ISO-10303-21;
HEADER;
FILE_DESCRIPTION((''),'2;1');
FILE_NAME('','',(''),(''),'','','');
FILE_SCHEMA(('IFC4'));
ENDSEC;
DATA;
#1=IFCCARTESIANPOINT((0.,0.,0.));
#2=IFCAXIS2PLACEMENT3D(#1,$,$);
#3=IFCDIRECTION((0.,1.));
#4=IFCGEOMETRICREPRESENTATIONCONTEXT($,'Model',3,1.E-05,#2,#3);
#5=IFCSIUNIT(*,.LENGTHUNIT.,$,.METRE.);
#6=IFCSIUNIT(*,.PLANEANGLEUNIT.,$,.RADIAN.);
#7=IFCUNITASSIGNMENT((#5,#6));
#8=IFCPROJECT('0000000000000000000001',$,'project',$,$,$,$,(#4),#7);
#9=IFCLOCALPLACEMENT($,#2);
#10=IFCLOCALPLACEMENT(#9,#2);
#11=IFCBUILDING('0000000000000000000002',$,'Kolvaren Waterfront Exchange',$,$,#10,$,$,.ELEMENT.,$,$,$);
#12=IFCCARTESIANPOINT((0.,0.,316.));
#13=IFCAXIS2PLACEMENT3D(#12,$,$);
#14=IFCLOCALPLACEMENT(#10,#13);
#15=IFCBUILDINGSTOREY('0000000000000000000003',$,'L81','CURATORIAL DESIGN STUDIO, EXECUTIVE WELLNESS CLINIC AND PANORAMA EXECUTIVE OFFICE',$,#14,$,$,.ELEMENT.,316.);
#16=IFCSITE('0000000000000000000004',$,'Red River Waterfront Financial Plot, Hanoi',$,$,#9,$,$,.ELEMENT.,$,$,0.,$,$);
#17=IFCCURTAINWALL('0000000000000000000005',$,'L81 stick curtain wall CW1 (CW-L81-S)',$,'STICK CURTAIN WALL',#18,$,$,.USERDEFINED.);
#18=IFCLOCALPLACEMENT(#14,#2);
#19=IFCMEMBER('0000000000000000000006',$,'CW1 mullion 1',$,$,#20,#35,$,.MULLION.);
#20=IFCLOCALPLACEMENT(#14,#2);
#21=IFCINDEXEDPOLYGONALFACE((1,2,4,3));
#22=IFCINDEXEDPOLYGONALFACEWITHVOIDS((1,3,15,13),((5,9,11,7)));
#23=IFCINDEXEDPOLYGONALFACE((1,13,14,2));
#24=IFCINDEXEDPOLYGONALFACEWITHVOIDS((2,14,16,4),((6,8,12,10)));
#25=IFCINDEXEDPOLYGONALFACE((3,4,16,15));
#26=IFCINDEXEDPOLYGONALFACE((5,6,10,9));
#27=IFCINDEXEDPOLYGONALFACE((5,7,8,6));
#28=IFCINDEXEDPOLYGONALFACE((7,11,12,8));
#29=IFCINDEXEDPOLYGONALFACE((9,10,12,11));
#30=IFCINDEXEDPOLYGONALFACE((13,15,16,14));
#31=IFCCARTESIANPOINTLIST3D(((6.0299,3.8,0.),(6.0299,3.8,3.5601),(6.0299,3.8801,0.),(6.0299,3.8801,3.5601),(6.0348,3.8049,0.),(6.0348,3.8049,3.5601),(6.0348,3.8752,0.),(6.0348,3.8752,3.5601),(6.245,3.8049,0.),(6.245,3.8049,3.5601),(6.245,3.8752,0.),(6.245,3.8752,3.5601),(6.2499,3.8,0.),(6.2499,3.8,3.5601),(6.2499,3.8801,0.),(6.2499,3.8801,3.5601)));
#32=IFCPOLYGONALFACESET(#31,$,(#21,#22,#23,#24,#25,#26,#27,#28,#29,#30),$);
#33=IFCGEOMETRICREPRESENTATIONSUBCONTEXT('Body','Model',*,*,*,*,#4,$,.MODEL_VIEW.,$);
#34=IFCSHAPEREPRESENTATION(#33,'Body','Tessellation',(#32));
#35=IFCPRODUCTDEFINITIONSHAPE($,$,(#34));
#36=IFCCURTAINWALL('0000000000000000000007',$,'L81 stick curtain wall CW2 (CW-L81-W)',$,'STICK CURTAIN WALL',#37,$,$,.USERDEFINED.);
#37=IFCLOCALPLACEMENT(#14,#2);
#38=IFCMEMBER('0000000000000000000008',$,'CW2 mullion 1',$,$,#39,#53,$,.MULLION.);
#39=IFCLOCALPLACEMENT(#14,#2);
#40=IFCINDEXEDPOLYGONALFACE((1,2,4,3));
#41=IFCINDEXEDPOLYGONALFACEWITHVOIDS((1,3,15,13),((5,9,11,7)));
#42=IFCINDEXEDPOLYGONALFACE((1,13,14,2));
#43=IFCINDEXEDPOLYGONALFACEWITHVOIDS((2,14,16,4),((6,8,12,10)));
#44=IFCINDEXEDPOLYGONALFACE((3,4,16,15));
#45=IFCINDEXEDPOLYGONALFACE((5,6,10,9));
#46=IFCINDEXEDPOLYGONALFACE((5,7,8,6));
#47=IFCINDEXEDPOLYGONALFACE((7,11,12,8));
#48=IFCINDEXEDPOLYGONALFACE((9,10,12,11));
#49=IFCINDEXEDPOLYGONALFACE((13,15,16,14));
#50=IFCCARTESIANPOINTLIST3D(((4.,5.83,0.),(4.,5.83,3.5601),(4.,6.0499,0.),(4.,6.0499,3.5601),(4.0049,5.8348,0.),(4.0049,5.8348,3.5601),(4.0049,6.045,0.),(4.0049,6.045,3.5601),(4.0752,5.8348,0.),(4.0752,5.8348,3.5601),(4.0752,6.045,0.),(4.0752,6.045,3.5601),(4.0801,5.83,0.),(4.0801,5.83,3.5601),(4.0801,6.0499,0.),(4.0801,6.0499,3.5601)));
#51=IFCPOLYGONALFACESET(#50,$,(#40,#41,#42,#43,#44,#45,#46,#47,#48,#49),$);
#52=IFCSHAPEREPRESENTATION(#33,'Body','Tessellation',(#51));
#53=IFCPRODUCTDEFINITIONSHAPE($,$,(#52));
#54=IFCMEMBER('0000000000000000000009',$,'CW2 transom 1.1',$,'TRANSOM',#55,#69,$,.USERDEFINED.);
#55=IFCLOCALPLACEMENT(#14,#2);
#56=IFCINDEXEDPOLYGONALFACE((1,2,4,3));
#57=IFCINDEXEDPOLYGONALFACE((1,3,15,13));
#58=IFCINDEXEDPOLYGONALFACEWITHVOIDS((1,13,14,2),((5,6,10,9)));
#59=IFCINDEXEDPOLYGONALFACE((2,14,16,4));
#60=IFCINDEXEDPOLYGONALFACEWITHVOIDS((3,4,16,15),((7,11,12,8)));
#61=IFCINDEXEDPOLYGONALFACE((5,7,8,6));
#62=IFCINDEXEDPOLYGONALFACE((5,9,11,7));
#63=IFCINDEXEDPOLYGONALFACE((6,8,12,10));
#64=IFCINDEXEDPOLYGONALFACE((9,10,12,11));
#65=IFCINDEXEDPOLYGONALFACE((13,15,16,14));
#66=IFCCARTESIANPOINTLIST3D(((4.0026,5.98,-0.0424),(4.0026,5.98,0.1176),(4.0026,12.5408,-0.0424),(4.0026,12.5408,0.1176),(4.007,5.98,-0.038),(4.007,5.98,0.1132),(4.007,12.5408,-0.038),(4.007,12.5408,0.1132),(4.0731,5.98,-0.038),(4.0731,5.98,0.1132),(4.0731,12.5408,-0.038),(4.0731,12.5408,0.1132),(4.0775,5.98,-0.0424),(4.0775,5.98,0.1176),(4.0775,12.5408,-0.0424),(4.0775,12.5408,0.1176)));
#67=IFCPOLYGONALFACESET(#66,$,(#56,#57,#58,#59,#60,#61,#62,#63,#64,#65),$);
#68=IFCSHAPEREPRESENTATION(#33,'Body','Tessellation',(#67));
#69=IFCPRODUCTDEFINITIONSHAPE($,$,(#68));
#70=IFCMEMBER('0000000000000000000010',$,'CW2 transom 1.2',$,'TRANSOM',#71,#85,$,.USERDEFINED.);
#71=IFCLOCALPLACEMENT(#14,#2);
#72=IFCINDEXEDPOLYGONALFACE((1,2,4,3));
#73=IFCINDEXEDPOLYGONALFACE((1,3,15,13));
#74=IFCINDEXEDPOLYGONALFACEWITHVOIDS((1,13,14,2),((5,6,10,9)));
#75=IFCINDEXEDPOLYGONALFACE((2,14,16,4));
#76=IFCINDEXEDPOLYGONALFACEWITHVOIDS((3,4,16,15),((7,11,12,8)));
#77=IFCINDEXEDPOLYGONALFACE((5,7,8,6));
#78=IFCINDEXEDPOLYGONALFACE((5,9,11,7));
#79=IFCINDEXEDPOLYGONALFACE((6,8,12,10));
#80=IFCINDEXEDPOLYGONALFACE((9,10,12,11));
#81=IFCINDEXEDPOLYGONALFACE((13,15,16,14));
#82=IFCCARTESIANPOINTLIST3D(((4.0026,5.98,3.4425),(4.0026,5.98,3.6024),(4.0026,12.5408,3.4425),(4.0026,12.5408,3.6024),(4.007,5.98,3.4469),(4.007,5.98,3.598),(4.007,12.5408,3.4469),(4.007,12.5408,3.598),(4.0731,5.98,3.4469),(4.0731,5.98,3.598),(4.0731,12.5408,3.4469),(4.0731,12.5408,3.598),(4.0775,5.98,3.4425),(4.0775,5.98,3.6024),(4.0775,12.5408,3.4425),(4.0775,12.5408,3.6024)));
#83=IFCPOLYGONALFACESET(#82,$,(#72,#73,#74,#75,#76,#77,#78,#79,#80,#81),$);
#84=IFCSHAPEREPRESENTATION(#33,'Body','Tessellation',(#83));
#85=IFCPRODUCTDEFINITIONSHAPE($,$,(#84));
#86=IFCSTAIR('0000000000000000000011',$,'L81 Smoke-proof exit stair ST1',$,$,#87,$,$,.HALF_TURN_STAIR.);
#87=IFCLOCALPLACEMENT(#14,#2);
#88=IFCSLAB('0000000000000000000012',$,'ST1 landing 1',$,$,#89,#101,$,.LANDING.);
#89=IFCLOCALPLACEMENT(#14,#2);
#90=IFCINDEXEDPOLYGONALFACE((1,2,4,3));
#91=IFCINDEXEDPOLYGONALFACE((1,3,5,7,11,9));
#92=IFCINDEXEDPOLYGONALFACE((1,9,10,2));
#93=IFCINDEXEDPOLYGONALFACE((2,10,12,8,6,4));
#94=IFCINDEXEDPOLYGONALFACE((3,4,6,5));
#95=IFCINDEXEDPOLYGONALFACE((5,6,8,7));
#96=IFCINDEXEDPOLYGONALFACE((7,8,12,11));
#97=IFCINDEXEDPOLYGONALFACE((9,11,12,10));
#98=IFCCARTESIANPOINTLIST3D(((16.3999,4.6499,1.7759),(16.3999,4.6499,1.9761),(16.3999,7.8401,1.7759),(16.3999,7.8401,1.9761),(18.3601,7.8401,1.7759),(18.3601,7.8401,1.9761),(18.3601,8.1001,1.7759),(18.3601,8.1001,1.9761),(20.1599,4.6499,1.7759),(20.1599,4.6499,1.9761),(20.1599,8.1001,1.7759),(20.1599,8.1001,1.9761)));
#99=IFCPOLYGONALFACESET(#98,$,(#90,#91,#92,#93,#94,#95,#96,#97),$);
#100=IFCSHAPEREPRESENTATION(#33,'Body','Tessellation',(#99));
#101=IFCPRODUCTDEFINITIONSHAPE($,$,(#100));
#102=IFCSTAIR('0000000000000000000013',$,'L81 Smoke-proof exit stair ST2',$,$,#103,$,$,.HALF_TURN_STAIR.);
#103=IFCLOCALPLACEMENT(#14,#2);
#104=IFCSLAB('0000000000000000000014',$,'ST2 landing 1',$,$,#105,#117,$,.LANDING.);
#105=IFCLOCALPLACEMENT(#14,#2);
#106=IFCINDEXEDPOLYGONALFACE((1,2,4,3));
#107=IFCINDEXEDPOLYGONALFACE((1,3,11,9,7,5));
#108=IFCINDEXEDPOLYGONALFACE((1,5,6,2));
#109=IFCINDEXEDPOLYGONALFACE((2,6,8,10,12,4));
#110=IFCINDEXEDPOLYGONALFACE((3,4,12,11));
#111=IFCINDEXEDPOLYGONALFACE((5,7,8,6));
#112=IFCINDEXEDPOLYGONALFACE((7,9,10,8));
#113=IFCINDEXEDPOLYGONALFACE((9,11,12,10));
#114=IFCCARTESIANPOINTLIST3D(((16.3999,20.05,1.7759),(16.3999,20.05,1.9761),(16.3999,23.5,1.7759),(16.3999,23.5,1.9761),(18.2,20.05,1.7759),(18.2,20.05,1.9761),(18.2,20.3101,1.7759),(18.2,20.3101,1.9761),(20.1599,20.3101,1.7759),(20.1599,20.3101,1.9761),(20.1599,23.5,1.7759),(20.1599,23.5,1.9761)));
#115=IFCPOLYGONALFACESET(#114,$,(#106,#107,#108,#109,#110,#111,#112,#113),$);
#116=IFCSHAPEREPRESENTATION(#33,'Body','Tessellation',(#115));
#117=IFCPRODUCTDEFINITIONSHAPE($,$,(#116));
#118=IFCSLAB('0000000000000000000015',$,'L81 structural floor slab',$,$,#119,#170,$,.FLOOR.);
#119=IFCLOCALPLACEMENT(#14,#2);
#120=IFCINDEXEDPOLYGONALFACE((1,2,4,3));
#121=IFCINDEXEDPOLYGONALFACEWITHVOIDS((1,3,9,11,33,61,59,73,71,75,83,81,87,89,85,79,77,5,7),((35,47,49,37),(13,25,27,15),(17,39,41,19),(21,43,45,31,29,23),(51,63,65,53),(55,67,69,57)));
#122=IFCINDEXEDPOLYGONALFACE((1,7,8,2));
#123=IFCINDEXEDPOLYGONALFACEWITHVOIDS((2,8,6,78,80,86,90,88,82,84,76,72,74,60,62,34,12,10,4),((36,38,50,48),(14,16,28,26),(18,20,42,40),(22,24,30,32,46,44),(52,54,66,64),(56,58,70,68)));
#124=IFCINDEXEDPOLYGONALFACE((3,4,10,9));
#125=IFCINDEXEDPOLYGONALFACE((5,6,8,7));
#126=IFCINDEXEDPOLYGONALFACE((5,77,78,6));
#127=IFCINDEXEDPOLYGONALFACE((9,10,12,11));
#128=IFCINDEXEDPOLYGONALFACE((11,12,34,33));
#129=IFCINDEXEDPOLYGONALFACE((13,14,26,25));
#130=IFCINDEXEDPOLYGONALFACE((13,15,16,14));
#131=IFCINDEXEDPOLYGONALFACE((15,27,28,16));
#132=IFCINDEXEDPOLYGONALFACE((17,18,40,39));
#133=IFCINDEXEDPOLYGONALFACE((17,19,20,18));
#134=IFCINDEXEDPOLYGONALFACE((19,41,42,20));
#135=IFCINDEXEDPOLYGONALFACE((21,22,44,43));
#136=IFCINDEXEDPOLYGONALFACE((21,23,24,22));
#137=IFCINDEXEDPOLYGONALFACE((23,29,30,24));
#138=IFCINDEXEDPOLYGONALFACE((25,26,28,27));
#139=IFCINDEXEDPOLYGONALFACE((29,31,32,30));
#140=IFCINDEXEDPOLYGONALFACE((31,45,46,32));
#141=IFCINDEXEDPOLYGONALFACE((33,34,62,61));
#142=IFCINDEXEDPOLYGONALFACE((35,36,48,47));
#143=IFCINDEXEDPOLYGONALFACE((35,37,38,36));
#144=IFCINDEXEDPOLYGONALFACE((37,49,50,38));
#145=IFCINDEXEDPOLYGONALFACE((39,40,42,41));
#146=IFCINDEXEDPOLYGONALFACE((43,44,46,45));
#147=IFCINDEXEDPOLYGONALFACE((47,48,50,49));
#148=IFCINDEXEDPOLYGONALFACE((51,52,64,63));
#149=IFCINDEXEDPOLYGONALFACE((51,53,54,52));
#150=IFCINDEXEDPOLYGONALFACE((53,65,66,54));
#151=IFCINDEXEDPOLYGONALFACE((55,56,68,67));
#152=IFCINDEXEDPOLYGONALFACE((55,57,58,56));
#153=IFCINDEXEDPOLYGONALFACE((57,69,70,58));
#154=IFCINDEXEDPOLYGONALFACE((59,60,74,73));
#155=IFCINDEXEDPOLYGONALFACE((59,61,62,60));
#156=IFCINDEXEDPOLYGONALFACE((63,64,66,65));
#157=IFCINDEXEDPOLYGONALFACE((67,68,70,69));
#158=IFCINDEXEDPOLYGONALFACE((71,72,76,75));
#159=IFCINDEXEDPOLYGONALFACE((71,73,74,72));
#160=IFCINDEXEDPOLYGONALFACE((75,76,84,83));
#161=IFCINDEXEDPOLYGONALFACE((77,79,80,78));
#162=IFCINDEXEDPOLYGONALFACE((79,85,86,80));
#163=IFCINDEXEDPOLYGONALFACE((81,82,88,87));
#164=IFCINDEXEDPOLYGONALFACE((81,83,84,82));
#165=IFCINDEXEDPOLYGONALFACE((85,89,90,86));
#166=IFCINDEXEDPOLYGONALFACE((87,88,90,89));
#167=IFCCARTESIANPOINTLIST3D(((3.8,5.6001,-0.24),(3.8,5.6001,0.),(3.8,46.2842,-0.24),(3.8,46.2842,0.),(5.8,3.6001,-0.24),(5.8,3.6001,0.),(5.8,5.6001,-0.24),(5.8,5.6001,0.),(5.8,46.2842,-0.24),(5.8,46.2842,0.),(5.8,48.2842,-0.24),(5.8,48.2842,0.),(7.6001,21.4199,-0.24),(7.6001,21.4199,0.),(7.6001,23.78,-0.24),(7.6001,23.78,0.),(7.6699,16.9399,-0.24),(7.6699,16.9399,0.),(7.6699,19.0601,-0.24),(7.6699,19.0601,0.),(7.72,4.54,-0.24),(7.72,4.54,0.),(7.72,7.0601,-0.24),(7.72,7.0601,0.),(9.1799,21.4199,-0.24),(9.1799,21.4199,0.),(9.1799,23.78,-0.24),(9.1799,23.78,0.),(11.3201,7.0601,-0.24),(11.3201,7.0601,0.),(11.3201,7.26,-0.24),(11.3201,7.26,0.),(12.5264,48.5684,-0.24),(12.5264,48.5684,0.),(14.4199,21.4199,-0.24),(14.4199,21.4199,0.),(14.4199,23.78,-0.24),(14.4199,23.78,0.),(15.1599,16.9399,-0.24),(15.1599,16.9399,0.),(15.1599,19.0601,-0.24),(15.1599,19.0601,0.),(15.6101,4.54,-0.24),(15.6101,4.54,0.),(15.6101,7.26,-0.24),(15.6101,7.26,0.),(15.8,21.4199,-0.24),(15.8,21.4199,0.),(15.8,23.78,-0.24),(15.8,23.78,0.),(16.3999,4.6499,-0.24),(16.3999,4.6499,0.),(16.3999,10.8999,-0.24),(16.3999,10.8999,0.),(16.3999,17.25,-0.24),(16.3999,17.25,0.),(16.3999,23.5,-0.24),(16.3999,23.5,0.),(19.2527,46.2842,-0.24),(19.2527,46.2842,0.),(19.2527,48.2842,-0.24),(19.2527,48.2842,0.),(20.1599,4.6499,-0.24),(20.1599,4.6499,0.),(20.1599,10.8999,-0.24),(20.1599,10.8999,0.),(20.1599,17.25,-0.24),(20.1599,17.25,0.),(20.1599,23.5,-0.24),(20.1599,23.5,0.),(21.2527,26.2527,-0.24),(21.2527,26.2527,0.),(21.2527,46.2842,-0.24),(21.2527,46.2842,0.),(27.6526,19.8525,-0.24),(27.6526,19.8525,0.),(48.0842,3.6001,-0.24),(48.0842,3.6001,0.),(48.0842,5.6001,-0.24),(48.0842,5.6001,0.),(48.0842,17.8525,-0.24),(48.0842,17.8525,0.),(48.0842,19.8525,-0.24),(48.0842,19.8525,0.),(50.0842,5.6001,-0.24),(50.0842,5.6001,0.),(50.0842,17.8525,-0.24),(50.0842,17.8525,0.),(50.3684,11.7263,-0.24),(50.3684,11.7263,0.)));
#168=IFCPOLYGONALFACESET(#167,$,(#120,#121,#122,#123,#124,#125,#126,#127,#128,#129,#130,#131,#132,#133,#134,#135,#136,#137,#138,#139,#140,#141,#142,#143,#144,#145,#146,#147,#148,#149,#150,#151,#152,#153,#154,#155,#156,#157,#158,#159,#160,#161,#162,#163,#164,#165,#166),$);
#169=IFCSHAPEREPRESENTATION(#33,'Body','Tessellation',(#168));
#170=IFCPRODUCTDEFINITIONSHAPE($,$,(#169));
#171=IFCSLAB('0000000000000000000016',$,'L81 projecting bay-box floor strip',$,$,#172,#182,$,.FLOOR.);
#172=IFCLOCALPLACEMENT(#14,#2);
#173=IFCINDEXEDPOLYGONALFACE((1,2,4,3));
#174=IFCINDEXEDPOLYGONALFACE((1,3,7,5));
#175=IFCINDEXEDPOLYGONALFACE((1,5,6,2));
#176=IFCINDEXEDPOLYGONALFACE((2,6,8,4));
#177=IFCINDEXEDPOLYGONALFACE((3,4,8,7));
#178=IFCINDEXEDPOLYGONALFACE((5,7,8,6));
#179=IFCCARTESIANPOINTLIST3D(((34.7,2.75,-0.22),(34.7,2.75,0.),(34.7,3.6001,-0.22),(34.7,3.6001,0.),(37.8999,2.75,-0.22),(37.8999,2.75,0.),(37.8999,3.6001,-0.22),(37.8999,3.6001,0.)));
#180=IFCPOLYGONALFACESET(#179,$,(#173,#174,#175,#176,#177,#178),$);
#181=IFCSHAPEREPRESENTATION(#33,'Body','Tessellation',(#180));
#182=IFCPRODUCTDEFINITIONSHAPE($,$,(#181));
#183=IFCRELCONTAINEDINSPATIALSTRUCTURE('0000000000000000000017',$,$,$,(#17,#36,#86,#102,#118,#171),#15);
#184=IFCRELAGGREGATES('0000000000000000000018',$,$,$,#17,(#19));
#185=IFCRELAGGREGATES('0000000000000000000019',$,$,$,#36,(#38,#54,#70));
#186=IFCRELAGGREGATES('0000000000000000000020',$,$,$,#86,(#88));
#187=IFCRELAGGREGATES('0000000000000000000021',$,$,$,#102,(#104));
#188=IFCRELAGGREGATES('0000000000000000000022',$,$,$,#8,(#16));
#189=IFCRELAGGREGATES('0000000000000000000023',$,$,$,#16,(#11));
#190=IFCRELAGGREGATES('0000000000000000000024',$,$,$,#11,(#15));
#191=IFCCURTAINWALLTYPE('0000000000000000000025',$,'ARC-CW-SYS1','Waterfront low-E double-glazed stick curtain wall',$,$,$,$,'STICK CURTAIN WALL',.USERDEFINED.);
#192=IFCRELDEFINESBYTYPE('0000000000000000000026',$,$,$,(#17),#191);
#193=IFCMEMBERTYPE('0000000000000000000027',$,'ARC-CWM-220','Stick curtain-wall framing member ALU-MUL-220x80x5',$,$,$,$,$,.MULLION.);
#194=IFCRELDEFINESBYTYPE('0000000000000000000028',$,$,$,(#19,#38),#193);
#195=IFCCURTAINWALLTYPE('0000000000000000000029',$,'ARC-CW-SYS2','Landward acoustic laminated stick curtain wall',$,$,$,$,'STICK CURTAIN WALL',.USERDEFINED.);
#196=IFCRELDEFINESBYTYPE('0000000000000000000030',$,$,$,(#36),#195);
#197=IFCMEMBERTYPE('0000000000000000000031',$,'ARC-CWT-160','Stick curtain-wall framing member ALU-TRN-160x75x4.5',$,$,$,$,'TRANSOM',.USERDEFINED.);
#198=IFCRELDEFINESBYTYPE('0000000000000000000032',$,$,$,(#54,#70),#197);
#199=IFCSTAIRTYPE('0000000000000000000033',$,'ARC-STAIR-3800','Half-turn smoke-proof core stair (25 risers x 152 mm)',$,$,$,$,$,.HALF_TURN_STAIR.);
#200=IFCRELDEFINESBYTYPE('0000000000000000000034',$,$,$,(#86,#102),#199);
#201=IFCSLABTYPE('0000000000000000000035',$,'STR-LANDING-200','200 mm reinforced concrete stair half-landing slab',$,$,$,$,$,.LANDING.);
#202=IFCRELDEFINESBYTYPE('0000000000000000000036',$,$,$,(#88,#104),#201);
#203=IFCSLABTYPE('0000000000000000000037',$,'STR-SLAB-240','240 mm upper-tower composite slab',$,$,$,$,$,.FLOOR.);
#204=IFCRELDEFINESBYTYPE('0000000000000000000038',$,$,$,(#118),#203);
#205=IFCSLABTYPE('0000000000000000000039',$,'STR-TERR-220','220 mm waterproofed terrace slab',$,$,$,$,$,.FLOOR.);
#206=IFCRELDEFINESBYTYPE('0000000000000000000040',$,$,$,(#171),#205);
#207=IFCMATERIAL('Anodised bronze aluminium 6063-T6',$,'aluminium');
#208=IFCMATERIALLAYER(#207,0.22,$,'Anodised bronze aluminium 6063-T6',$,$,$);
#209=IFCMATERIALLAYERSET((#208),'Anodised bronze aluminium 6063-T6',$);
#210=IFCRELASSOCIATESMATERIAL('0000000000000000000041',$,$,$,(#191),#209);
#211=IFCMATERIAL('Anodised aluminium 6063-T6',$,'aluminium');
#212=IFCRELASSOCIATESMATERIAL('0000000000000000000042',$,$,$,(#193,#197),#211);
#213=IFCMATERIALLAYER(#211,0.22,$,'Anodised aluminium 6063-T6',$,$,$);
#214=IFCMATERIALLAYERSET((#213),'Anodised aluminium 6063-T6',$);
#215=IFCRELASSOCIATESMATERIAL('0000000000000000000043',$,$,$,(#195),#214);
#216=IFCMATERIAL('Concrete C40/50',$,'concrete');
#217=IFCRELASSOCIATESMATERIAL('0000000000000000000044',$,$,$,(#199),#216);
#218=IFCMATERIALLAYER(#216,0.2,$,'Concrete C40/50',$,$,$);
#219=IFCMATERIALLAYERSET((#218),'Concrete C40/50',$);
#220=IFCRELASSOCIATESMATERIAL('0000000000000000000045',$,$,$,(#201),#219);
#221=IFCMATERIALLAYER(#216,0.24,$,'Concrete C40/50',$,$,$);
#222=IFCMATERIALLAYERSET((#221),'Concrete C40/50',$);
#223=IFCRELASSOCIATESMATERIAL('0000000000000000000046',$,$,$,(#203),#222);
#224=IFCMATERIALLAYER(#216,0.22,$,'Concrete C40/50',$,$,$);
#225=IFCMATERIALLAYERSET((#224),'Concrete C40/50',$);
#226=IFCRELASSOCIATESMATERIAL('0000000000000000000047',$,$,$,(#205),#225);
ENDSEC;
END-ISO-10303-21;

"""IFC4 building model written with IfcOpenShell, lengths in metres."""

from ifc_helpers import new_model, si_unit, direction, frame, origin, origin_with_axes, origin_2d, place, context, subcontext, project, spatial, polyline, hollow_rectangle, outline, extrude, source, transform, mapped, material, layer, layer_set, material_profile, profile_set, type_object, element, aggregate, save


model = new_model("IFC4")

# Units and contexts
model_context = context("Model", 3, precision=1e-05, world=origin(), true_north=direction((0.0, 1.0)))
body_context = subcontext(model_context, "Body", "Model", "MODEL_VIEW")
ifc_project = project(units=[si_unit("LENGTHUNIT", "METRE"), si_unit("PLANEANGLEUNIT", "RADIAN")], contexts=[model_context])

# Site, building, storey
site_placement = place(None, origin())
site = spatial("IfcSite", under=ifc_project, at=site_placement, Name="Red River Waterfront Financial Plot, Hanoi", CompositionType="ELEMENT", RefElevation=0.0)
building_placement = place(site_placement, origin())
building = spatial("IfcBuilding", under=site, at=building_placement, Name="Kolvaren Waterfront Exchange", CompositionType="ELEMENT")
storey_placement = place(building_placement, frame((0.0, 0.0, 316.0)))
storey = spatial("IfcBuildingStorey", under=building, at=storey_placement, Name="L81", Description="CURATORIAL DESIGN STUDIO, EXECUTIVE WELLNESS CLINIC AND PANORAMA EXECUTIVE OFFICE", CompositionType="ELEMENT", Elevation=316.0)

# Curtain wall, member
ifc_material_1 = material(Name="Anodised bronze aluminium 6063-T6", Category="aluminium")
ifc_layer_1 = layer(ifc_material_1, 0.22, Name="Anodised bronze aluminium 6063-T6")
ifc_layer_set_1 = layer_set([ifc_layer_1], Name="Anodised bronze aluminium 6063-T6")
curtain_wall_type_1 = type_object("IfcCurtainWallType", Name="ARC-CW-SYS1", Description="Waterfront low-E double-glazed stick curtain wall", ElementType="STICK CURTAIN WALL", PredefinedType="USERDEFINED", material=ifc_layer_set_1)
curtain_wall_1_placement = place(storey_placement, origin())
curtain_wall_1 = element("IfcCurtainWall", 1, at=curtain_wall_1_placement, inside=storey, type_object=curtain_wall_type_1, Name="L81 stick curtain wall CW1 (CW-L81-S)", ObjectType="STICK CURTAIN WALL", PredefinedType="USERDEFINED")
ifc_material_2 = material(Name="Anodised aluminium 6063-T6", Category="aluminium")
ifc_material_profile_1 = material_profile(ifc_material_2, hollow_rectangle(XDim=0.0801, YDim=0.22, WallThickness=0.0049, at=origin_2d()), Name="ALU-MUL-220x80x5")
ifc_profile_set_1 = profile_set([ifc_material_profile_1], Name="Anodised aluminium 6063-T6")
member_type_1 = type_object("IfcMemberType", Name="ARC-CWM-220", Description="Stick curtain-wall framing member ALU-MUL-220x80x5", PredefinedType="MULLION", material=ifc_profile_set_1)
shared_shape_1 = source(origin_with_axes(), body_context, "Body", "SweptSolid", [
    extrude(hollow_rectangle(XDim=0.0801, YDim=0.22, WallThickness=0.0049, at=origin_2d()), origin(), (0.0, 0.0, 1.0), 3.5601),
])
member_1_placement = place(storey_placement, frame((6.1399, 3.8401, 0.0), z_axis=(0.0, 0.0, 1.0), x_axis=(0.0, 1.0, 0.0)))
member_1 = element("IfcMember", 2, at=member_1_placement, type_object=member_type_1, Name="CW1 mullion 1", PredefinedType="MULLION", context=body_context, shape_type="MappedRepresentation", body=[
    mapped(shared_shape_1, transform((0.0, 0.0, 0.0), x_axis=(1.0, 0.0, 0.0), y_axis=(0.0, 1.0, 0.0), z_axis=(0.0, 0.0, 1.0), scale=1.0)),
])
aggregate(curtain_wall_1, [member_1])

# Curtain wall, members
ifc_layer_2 = layer(ifc_material_2, 0.22, Name="Anodised aluminium 6063-T6")
ifc_layer_set_2 = layer_set([ifc_layer_2], Name="Anodised aluminium 6063-T6")
curtain_wall_type_2 = type_object("IfcCurtainWallType", Name="ARC-CW-SYS2", Description="Landward acoustic laminated stick curtain wall", ElementType="STICK CURTAIN WALL", PredefinedType="USERDEFINED", material=ifc_layer_set_2)
curtain_wall_2_placement = place(storey_placement, origin())
curtain_wall_2 = element("IfcCurtainWall", 3, at=curtain_wall_2_placement, inside=storey, type_object=curtain_wall_type_2, Name="L81 stick curtain wall CW2 (CW-L81-W)", ObjectType="STICK CURTAIN WALL", PredefinedType="USERDEFINED")
member_2_placement = place(storey_placement, frame((4.04, 5.9399, 0.0), z_axis=(0.0, 0.0, 1.0), x_axis=(-1.0, 0.0, 0.0)))
member_2 = element("IfcMember", 4, at=member_2_placement, type_object=member_type_1, Name="CW2 mullion 1", PredefinedType="MULLION", context=body_context, shape_type="MappedRepresentation", body=[
    mapped(shared_shape_1, transform((0.0, 0.0, 0.0), x_axis=(1.0, 0.0, 0.0), y_axis=(0.0, 1.0, 0.0), z_axis=(0.0, 0.0, 1.0), scale=1.0)),
])
ifc_material_profile_2 = material_profile(ifc_material_2, hollow_rectangle(XDim=0.075, YDim=0.1599, WallThickness=0.0044, at=origin_2d()), Name="ALU-TRN-160x75x4.5")
ifc_profile_set_2 = profile_set([ifc_material_profile_2], Name="Anodised aluminium 6063-T6")
member_type_2 = type_object("IfcMemberType", Name="ARC-CWT-160", Description="Stick curtain-wall framing member ALU-TRN-160x75x4.5", ElementType="TRANSOM", PredefinedType="USERDEFINED", material=ifc_profile_set_2)
shared_shape_2 = source(origin_with_axes(), body_context, "Body", "SweptSolid", [
    extrude(hollow_rectangle(XDim=0.075, YDim=0.1599, WallThickness=0.0044, at=origin_2d()), origin(), (0.0, 0.0, 1.0), 6.5608),
])
member_3_placement = place(storey_placement, frame((4.04, 5.98, 0.0376), z_axis=(0.0, 1.0, 0.0), x_axis=(-1.0, 0.0, 0.0)))
member_3 = element("IfcMember", 5, at=member_3_placement, type_object=member_type_2, Name="CW2 transom 1.1", ObjectType="TRANSOM", PredefinedType="USERDEFINED", context=body_context, shape_type="MappedRepresentation", body=[
    mapped(shared_shape_2, transform((0.0, 0.0, 0.0), x_axis=(1.0, 0.0, 0.0), y_axis=(0.0, 1.0, 0.0), z_axis=(0.0, 0.0, 1.0), scale=1.0)),
])
member_4_placement = place(storey_placement, frame((4.04, 5.98, 3.5225), z_axis=(0.0, 1.0, 0.0), x_axis=(-1.0, 0.0, 0.0)))
member_4 = element("IfcMember", 6, at=member_4_placement, type_object=member_type_2, Name="CW2 transom 1.2", ObjectType="TRANSOM", PredefinedType="USERDEFINED", context=body_context, shape_type="MappedRepresentation", body=[
    mapped(shared_shape_2, transform((0.0, 0.0, 0.0), x_axis=(1.0, 0.0, 0.0), y_axis=(0.0, 1.0, 0.0), z_axis=(0.0, 0.0, 1.0), scale=1.0)),
])
aggregate(curtain_wall_2, [member_2, member_3, member_4])

# Stairs, slabs
ifc_material_3 = material(Name="Concrete C40/50", Category="concrete")
stair_type = type_object("IfcStairType", Name="ARC-STAIR-3800", Description="Half-turn smoke-proof core stair (25 risers x 152 mm)", PredefinedType="HALF_TURN_STAIR", material=ifc_material_3)
stair_1_placement = place(storey_placement, origin())
stair_1 = element("IfcStair", 7, at=stair_1_placement, inside=storey, type_object=stair_type, Name="L81 Smoke-proof exit stair ST1", PredefinedType="HALF_TURN_STAIR")
ifc_layer_3 = layer(ifc_material_3, 0.2, Name="Concrete C40/50")
ifc_layer_set_3 = layer_set([ifc_layer_3], Name="Concrete C40/50")
slab_type_1 = type_object("IfcSlabType", Name="STR-LANDING-200", Description="200 mm reinforced concrete stair half-landing slab", PredefinedType="LANDING", material=ifc_layer_set_3)
slab_1_placement = place(storey_placement, frame((0.0, 0.0, 1.7759)))
slab_1 = element("IfcSlab", 8, at=slab_1_placement, type_object=slab_type_1, Name="ST1 landing 1", PredefinedType="LANDING", context=body_context, shape_type="SweptSolid", body=[
    extrude(outline(polyline([(16.3999, 7.8401), (16.3999, 4.6499), (20.1599, 4.6499), (20.1599, 8.1001), (18.3601, 8.1001), (18.3601, 7.8401), (16.3999, 7.8401)])), origin(), (0.0, 0.0, 1.0), 0.2002),
])
aggregate(stair_1, [slab_1])
stair_2_placement = place(storey_placement, origin())
stair_2 = element("IfcStair", 9, at=stair_2_placement, inside=storey, type_object=stair_type, Name="L81 Smoke-proof exit stair ST2", PredefinedType="HALF_TURN_STAIR")
slab_2_placement = place(storey_placement, frame((0.0, 0.0, 1.7759)))
slab_2 = element("IfcSlab", 10, at=slab_2_placement, type_object=slab_type_1, Name="ST2 landing 1", PredefinedType="LANDING", context=body_context, shape_type="SweptSolid", body=[
    extrude(outline(polyline([(20.1599, 20.3101), (20.1599, 23.5), (16.3999, 23.5), (16.3999, 20.05), (18.2, 20.05), (18.2, 20.3101), (20.1599, 20.3101)])), origin(), (0.0, 0.0, 1.0), 0.2002),
])
aggregate(stair_2, [slab_2])

# Slabs
ifc_layer_4 = layer(ifc_material_3, 0.24, Name="Concrete C40/50")
ifc_layer_set_4 = layer_set([ifc_layer_4], Name="Concrete C40/50")
slab_type_2 = type_object("IfcSlabType", Name="STR-SLAB-240", Description="240 mm upper-tower composite slab", PredefinedType="FLOOR", material=ifc_layer_set_4)
slab_3_placement = place(storey_placement, frame((0.0, 0.0, -0.24)))
element("IfcSlab", 11, at=slab_3_placement, inside=storey, type_object=slab_type_2, Name="L81 structural floor slab", PredefinedType="FLOOR", context=body_context, shape_type="SweptSolid", body=[
    extrude(outline(polyline([(5.8, 3.6001), (48.0842, 3.6001), (48.0842, 5.6001), (50.0842, 5.6001), (50.3684, 11.7263), (50.0842, 17.8525), (48.0842, 17.8525), (48.0842, 19.8525), (27.6526, 19.8525), (21.2527, 26.2527), (21.2527, 46.2842), (19.2527, 46.2842), (19.2527, 48.2842), (12.5264, 48.5684), (5.8, 48.2842), (5.8, 46.2842), (3.8, 46.2842), (3.8, 5.6001), (5.8, 5.6001), (5.8, 3.6001)]), holes=[polyline([(11.3201, 7.26), (15.6101, 7.26), (15.6101, 4.54), (7.72, 4.54), (7.72, 7.0601), (11.3201, 7.0601), (11.3201, 7.26)]), polyline([(20.1599, 10.8999), (20.1599, 4.6499), (16.3999, 4.6499), (16.3999, 10.8999), (20.1599, 10.8999)]), polyline([(7.6699, 19.0601), (15.1599, 19.0601), (15.1599, 16.9399), (7.6699, 16.9399), (7.6699, 19.0601)]), polyline([(16.3999, 17.25), (16.3999, 23.5), (20.1599, 23.5), (20.1599, 17.25), (16.3999, 17.25)]), polyline([(7.6001, 23.78), (9.1799, 23.78), (9.1799, 21.4199), (7.6001, 21.4199), (7.6001, 23.78)]), polyline([(14.4199, 23.78), (15.8, 23.78), (15.8, 21.4199), (14.4199, 21.4199), (14.4199, 23.78)])]), origin(), (0.0, 0.0, 1.0), 0.24),
])
ifc_layer_5 = layer(ifc_material_3, 0.22, Name="Concrete C40/50")
ifc_layer_set_5 = layer_set([ifc_layer_5], Name="Concrete C40/50")
slab_type_3 = type_object("IfcSlabType", Name="STR-TERR-220", Description="220 mm waterproofed terrace slab", PredefinedType="FLOOR", material=ifc_layer_set_5)
slab_4_placement = place(storey_placement, frame((0.0, 0.0, -0.22)))
element("IfcSlab", 12, at=slab_4_placement, inside=storey, type_object=slab_type_3, Name="L81 projecting bay-box floor strip", PredefinedType="FLOOR", context=body_context, shape_type="SweptSolid", body=[
    extrude(outline(polyline([(34.7, 2.75), (37.8999, 2.75), (37.8999, 3.6001), (34.7, 3.6001), (34.7, 2.75)])), origin(), (0.0, 0.0, 1.0), 0.22),
])

save(model, "model.ifc")
